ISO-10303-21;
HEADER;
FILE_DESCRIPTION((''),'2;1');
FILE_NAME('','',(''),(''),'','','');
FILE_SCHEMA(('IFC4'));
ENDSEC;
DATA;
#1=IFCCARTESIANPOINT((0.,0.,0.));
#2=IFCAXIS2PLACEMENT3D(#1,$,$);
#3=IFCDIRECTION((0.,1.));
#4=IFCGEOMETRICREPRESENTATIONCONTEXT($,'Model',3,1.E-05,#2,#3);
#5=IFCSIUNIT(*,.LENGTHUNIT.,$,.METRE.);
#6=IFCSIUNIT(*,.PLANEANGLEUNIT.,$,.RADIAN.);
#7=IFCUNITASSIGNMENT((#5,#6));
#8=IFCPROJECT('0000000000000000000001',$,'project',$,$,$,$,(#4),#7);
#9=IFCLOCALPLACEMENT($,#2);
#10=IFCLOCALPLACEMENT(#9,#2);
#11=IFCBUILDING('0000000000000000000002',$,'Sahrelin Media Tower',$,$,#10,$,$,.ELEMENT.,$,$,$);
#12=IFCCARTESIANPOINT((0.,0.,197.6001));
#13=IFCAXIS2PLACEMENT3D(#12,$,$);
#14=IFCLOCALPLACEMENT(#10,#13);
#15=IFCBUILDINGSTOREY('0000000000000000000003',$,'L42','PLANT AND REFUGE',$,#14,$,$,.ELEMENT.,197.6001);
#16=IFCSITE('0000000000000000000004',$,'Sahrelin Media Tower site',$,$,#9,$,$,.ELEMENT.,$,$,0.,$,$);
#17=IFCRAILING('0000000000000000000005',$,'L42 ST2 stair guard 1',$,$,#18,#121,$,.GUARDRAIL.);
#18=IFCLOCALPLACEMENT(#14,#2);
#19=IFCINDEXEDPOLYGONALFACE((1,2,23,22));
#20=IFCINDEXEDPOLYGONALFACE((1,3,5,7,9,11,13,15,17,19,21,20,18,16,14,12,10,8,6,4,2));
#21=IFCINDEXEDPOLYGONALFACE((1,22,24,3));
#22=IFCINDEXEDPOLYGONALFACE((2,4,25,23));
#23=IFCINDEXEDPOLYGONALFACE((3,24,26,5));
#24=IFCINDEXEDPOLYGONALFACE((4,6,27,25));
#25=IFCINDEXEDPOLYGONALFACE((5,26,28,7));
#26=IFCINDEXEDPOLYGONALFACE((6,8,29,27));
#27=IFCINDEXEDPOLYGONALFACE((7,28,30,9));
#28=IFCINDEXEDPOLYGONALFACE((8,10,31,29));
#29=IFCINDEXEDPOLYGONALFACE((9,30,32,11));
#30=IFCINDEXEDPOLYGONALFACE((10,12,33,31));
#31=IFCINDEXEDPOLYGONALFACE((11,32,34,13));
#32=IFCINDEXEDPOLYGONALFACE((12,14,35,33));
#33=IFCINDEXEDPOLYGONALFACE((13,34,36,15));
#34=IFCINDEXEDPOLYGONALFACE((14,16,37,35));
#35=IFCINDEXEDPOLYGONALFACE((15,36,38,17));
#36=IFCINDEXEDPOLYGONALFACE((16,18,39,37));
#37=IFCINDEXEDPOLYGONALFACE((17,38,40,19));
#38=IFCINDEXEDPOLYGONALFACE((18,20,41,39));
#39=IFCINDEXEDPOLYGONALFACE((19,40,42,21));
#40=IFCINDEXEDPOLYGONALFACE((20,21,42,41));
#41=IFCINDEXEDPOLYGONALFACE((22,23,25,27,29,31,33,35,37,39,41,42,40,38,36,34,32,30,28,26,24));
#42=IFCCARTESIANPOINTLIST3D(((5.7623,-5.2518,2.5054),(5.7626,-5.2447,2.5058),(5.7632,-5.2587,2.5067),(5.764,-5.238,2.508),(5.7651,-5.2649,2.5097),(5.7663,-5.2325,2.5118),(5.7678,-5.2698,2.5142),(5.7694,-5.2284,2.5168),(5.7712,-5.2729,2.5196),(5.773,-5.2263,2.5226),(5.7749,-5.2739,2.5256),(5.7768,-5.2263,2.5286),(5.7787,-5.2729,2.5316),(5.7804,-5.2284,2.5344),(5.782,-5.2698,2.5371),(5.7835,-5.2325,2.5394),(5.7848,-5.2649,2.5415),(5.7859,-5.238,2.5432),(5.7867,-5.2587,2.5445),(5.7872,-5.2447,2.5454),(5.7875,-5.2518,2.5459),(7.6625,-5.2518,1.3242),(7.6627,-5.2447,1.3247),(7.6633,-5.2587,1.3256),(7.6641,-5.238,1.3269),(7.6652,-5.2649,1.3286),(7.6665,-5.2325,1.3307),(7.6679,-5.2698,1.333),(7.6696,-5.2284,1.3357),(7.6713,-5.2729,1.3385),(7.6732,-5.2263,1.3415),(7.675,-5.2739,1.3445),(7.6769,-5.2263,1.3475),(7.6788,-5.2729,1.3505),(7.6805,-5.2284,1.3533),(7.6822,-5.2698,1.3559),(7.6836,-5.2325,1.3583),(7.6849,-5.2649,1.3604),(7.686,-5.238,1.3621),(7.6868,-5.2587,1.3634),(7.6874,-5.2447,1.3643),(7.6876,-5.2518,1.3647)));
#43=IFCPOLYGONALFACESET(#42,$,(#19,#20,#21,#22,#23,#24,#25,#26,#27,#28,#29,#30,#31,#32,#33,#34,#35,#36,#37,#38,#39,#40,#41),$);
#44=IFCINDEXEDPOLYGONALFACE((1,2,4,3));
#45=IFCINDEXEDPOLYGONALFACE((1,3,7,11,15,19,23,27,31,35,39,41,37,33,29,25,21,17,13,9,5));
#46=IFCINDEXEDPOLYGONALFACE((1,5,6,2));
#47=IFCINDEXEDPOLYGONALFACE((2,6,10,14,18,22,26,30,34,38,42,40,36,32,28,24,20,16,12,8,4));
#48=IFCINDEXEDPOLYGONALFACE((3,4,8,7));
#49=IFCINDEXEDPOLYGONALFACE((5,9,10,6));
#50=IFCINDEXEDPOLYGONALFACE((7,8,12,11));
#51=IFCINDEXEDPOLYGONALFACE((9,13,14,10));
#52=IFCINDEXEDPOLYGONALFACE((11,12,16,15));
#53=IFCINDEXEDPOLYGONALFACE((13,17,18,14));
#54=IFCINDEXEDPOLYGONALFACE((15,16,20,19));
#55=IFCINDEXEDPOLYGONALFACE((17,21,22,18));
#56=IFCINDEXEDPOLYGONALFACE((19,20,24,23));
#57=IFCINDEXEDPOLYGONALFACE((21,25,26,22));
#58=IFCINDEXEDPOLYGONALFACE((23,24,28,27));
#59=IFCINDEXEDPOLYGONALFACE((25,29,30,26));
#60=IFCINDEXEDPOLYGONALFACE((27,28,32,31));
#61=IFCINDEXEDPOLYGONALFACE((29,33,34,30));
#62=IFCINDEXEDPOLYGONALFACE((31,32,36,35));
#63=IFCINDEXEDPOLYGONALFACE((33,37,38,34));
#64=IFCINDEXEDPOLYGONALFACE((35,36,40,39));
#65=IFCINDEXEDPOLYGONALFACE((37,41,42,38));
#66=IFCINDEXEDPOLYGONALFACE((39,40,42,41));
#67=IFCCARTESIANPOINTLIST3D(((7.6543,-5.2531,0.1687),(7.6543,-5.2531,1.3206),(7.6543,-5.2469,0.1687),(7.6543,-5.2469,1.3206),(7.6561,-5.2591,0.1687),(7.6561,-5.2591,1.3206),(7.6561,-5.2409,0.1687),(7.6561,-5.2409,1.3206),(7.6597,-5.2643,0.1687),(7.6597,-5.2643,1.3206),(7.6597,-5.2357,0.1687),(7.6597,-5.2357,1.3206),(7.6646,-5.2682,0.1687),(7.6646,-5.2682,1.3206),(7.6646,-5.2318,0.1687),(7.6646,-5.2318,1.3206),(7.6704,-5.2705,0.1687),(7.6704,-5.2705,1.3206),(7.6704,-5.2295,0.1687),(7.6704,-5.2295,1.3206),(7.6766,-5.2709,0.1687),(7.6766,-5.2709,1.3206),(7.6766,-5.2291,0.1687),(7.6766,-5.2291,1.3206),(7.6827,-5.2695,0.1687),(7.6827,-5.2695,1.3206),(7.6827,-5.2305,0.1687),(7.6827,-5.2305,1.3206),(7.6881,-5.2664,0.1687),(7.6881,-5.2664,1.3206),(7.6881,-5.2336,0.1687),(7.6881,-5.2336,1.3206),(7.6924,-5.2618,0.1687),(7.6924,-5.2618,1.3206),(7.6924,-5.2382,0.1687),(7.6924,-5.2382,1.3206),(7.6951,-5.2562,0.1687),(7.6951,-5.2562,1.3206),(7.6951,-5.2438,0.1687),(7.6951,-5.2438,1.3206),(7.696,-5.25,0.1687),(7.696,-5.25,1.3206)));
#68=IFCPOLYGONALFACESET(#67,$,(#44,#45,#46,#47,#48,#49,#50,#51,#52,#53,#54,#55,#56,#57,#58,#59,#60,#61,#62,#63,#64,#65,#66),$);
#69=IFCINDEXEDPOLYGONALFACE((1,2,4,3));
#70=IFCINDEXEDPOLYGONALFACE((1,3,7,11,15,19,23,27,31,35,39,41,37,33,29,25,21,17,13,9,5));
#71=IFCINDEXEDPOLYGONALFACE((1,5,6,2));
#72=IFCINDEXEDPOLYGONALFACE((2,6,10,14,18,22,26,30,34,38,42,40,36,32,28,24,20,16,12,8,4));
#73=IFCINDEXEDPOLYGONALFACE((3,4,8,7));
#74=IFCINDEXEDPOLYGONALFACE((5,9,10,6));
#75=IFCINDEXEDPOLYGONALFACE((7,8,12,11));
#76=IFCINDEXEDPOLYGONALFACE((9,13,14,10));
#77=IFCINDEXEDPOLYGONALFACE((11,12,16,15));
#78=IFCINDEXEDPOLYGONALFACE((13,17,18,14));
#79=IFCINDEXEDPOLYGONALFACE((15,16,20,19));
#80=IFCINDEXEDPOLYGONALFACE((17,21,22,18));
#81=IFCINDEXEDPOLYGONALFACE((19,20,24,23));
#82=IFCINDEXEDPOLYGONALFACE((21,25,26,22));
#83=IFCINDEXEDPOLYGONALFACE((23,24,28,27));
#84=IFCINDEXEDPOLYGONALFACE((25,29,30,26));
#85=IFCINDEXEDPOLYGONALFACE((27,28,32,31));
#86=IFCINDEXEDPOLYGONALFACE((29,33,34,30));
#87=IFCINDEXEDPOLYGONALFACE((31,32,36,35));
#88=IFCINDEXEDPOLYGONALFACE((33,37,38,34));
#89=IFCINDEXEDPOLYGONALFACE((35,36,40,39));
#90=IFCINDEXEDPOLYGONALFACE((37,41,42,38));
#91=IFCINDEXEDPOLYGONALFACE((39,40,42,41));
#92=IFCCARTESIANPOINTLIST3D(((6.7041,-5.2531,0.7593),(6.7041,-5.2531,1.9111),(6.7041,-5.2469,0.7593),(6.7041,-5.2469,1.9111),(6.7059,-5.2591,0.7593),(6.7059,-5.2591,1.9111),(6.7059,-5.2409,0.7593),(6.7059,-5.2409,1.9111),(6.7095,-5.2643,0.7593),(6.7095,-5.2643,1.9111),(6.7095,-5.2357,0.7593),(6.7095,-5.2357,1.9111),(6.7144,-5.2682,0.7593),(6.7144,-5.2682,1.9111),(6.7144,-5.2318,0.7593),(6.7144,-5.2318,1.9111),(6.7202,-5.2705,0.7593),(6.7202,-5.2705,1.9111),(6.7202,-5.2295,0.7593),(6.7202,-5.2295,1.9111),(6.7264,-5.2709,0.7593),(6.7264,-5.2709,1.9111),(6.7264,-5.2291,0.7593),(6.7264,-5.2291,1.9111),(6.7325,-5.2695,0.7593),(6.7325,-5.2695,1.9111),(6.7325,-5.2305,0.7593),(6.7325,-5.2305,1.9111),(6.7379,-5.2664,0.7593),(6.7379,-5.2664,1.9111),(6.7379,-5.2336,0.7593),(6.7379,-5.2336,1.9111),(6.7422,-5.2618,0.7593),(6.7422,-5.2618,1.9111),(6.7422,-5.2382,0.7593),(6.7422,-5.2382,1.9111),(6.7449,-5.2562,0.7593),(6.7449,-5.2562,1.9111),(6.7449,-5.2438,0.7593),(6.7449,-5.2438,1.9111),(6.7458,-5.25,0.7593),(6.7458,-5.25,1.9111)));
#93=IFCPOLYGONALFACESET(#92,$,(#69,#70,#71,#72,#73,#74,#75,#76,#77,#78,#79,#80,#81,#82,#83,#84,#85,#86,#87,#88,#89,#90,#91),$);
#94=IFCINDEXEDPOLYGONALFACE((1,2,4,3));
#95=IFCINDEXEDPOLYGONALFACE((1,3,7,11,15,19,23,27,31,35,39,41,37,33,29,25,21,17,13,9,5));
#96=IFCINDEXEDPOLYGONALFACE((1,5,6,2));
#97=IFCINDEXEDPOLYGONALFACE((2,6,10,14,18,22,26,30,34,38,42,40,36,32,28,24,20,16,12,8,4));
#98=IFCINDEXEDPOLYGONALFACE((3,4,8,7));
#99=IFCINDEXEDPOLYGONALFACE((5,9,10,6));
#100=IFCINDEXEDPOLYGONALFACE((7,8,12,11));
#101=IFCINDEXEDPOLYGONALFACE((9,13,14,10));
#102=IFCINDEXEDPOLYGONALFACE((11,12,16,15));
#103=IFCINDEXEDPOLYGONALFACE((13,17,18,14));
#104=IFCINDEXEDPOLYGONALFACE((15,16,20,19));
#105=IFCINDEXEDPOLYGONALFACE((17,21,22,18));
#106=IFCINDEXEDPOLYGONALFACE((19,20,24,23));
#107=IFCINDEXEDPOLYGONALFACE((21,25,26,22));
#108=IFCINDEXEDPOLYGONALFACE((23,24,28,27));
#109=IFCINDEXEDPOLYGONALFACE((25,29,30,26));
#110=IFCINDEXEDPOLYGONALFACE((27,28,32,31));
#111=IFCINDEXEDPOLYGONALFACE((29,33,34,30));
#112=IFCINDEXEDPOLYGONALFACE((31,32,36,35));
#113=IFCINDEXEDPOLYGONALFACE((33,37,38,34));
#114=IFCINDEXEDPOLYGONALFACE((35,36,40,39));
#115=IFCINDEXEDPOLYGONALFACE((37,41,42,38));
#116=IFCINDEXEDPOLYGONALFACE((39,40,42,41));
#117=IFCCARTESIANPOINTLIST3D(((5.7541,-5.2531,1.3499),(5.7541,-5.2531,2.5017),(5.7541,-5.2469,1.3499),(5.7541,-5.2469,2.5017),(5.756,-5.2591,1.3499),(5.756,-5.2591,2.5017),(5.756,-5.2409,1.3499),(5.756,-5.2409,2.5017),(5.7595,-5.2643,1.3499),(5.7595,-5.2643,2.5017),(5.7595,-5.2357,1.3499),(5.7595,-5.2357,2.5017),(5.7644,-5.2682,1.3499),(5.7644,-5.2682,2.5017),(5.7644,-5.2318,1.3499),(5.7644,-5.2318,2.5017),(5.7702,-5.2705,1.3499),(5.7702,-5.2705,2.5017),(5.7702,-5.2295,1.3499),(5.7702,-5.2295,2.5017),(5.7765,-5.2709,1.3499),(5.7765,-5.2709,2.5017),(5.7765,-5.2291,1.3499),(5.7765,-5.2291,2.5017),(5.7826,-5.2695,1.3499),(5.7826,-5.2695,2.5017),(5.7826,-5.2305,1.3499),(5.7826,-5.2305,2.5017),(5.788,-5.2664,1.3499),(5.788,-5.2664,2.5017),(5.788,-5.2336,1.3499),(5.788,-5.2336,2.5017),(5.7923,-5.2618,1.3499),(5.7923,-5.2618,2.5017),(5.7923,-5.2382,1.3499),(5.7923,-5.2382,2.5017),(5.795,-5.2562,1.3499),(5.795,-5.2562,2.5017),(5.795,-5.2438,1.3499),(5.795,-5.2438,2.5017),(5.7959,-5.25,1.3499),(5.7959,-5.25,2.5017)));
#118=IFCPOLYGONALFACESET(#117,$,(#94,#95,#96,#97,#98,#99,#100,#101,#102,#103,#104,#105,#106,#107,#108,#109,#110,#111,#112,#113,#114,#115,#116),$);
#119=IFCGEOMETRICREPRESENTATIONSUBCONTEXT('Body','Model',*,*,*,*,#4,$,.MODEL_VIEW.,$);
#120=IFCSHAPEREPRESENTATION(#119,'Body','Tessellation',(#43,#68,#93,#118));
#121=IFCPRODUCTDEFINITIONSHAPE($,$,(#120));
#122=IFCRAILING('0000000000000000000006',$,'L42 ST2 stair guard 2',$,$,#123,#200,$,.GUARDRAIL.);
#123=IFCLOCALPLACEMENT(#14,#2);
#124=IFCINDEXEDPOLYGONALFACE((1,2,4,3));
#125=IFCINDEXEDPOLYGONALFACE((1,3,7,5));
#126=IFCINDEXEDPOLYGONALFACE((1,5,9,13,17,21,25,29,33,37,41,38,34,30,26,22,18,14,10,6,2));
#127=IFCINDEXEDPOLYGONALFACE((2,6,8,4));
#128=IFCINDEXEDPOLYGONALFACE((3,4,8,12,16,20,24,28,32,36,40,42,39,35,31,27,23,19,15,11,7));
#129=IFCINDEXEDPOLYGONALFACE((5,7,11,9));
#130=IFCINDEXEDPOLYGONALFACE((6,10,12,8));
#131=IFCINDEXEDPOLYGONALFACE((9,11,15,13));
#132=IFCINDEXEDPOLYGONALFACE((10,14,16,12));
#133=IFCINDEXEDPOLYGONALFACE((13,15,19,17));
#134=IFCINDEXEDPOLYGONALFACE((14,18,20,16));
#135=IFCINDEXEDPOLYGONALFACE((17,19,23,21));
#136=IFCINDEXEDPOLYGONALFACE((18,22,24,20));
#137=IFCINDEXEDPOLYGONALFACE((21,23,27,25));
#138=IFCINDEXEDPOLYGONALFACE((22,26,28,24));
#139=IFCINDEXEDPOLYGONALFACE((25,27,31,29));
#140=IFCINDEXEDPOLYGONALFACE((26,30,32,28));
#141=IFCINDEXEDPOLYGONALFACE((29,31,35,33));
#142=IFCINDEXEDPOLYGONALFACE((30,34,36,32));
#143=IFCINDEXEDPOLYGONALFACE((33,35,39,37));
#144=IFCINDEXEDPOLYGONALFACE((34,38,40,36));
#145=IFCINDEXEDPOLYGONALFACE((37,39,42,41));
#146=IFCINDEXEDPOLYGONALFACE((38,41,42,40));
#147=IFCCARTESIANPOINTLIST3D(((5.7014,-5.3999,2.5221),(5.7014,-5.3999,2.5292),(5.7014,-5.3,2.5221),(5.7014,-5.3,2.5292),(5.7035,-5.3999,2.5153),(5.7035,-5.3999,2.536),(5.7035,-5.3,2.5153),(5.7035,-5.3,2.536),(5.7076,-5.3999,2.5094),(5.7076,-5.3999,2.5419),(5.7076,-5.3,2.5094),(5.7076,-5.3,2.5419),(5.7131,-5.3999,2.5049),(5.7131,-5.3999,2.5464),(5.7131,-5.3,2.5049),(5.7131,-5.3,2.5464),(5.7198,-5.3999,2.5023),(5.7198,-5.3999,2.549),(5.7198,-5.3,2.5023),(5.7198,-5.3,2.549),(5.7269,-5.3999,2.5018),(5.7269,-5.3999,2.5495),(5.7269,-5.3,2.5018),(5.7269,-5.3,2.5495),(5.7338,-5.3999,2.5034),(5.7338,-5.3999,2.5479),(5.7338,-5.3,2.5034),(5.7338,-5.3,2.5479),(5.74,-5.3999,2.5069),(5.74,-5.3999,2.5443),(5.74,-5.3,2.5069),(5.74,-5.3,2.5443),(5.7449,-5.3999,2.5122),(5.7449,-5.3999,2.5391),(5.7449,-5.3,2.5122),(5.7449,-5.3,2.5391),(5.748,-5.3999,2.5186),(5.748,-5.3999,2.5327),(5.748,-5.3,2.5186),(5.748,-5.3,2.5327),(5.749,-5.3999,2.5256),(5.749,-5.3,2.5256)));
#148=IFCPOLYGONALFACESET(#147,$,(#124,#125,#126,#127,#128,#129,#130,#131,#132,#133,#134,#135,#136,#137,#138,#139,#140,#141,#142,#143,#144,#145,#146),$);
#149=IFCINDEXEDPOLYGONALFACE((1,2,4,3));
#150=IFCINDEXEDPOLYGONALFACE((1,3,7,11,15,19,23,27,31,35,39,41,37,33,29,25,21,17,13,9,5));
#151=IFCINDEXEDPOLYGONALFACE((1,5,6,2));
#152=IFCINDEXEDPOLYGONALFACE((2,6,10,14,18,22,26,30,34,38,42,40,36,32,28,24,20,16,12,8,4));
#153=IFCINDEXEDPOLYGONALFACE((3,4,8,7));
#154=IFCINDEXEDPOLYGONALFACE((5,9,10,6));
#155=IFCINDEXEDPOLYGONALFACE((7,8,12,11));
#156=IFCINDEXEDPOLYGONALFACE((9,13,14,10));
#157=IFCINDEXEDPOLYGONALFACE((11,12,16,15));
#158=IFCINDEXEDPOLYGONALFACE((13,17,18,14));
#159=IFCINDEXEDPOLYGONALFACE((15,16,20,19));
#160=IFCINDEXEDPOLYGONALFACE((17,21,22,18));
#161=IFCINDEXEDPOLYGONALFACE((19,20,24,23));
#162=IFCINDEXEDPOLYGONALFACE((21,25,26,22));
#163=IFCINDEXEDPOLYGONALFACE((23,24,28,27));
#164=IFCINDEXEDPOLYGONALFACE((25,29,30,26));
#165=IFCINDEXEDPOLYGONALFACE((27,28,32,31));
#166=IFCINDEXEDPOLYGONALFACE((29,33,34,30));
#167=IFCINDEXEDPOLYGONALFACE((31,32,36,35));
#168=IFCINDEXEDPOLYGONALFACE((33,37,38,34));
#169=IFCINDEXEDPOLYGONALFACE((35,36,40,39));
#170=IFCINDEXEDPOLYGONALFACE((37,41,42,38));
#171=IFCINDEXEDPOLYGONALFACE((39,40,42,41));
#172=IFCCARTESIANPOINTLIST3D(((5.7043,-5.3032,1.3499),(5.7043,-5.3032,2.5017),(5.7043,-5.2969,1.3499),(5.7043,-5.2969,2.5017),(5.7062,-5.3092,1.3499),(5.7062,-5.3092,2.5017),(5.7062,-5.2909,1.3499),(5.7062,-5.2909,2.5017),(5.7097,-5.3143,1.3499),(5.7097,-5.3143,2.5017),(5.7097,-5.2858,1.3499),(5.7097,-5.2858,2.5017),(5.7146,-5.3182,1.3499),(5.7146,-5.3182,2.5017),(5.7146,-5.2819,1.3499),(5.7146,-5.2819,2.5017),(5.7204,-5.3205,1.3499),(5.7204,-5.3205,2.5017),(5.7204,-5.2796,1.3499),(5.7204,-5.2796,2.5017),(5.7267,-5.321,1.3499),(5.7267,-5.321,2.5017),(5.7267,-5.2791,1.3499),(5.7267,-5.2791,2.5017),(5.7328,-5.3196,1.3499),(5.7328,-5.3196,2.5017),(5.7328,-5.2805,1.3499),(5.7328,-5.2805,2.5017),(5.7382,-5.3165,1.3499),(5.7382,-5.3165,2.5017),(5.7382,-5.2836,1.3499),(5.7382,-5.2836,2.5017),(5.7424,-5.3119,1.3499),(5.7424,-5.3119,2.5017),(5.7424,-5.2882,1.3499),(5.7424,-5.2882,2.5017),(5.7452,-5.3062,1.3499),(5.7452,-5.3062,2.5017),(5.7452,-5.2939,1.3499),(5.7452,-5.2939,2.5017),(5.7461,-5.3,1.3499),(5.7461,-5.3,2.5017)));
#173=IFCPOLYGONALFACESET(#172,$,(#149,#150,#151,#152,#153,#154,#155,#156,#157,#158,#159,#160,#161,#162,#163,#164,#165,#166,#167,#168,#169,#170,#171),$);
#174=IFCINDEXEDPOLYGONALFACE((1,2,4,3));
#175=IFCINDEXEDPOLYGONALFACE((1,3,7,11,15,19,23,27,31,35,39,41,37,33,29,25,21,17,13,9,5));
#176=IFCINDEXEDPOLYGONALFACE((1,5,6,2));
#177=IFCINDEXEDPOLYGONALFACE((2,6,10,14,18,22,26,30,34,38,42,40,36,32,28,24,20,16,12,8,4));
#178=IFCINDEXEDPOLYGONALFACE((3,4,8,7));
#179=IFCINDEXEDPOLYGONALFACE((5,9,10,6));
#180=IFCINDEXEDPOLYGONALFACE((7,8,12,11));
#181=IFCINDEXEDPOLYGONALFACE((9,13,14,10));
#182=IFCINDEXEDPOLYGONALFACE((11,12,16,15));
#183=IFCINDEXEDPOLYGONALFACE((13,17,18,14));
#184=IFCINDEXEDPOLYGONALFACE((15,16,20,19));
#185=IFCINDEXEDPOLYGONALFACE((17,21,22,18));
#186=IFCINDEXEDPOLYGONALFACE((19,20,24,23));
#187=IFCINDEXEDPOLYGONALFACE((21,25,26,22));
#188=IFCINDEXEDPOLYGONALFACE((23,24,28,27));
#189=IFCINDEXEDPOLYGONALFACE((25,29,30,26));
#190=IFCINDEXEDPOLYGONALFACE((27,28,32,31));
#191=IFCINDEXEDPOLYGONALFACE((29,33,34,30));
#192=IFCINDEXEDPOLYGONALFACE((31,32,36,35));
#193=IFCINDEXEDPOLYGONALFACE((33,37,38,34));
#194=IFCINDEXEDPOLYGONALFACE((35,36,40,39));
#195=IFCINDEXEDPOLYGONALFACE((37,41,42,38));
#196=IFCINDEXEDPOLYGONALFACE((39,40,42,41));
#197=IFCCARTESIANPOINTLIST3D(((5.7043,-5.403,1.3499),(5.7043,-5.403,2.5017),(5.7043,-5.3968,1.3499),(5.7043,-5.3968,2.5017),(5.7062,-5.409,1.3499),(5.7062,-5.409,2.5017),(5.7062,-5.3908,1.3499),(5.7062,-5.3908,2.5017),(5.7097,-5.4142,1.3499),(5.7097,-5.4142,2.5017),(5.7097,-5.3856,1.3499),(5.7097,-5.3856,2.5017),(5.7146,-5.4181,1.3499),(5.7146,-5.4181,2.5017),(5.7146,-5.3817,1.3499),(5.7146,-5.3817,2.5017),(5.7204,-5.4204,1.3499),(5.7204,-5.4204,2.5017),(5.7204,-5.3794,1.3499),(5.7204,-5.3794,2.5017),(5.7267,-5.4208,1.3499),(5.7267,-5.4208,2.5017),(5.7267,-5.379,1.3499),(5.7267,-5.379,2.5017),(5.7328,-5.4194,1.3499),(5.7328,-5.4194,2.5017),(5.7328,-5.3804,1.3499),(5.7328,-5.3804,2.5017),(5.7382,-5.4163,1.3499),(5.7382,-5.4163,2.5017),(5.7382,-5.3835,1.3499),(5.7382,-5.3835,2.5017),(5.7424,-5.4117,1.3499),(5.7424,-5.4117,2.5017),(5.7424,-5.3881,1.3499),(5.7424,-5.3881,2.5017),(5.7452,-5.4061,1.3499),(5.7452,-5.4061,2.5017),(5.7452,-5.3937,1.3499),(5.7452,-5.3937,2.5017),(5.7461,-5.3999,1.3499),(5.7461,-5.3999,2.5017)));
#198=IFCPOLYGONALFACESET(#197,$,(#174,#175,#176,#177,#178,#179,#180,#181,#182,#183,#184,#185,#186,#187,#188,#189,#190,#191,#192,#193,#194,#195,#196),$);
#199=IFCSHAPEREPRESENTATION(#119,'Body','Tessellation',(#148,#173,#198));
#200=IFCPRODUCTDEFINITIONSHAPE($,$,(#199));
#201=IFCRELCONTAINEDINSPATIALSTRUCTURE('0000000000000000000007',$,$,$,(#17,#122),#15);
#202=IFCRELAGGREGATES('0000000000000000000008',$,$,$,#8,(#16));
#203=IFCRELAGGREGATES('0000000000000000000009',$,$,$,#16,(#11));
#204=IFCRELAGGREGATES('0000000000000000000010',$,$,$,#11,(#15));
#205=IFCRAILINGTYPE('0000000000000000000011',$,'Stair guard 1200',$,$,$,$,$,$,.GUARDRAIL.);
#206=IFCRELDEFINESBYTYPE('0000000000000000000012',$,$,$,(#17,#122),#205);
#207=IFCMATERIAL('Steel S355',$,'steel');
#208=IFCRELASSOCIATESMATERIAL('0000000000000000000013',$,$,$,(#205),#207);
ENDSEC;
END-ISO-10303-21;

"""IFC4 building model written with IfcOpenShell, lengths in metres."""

from ifc_helpers import new_model, si_unit, direction, frame, origin, origin_2d, place, context, subcontext, project, spatial, circle, extrude, material, type_object, element, save


model = new_model("IFC4")

# Units and contexts
model_context = context("Model", 3, precision=1e-05, world=origin(), true_north=direction((0.0, 1.0)))
body_context = subcontext(model_context, "Body", "Model", "MODEL_VIEW")
ifc_project = project(units=[si_unit("LENGTHUNIT", "METRE"), si_unit("PLANEANGLEUNIT", "RADIAN")], contexts=[model_context])

# Site, building, storey
site_placement = place(None, origin())
site = spatial("IfcSite", under=ifc_project, at=site_placement, Name="Sahrelin Media Tower site", CompositionType="ELEMENT", RefElevation=0.0)
building_placement = place(site_placement, origin())
building = spatial("IfcBuilding", under=site, at=building_placement, Name="Sahrelin Media Tower", CompositionType="ELEMENT")
storey_placement = place(building_placement, frame((0.0, 0.0, 197.6001)))
storey = spatial("IfcBuildingStorey", under=building, at=storey_placement, Name="L42", Description="PLANT AND REFUGE", CompositionType="ELEMENT", Elevation=197.6001)

# Railings
ifc_material_1 = material(Name="Steel S355", Category="steel")
railing_type_1 = type_object("IfcRailingType", Name="Stair guard 1200", PredefinedType="GUARDRAIL", material=ifc_material_1)
railing_1_placement = place(storey_placement, frame((7.675, -5.25, 0.1687)))
element("IfcRailing", 1, at=railing_1_placement, inside=storey, type_object=railing_type_1, Name="L42 ST2 stair guard 1", PredefinedType="GUARDRAIL", context=body_context, shape_type="SweptSolid", body=[
    extrude(circle(Radius=0.0239, at=origin_2d()), frame((0.0, 0.0, 1.1758), z_axis=(-0.849289, 0.0, 0.527928), x_axis=(0.0, -1.0, 0.0)), (0.0, 0.0, 1.0), 2.2373),
    extrude(circle(Radius=0.021, at=origin_2d()), origin(), (0.0, 0.0, 1.0), 1.1519),
    extrude(circle(Radius=0.021, at=origin_2d()), frame((-0.9502, 0.0, 0.5906)), (0.0, 0.0, 1.0), 1.1519),
    extrude(circle(Radius=0.021, at=origin_2d()), frame((-1.9001, 0.0, 1.1812)), (0.0, 0.0, 1.0), 1.1519),
])
railing_2_placement = place(storey_placement, frame((5.7251, -5.3, 1.3499)))
element("IfcRailing", 2, at=railing_2_placement, inside=storey, type_object=railing_type_1, Name="L42 ST2 stair guard 2", PredefinedType="GUARDRAIL", context=body_context, shape_type="SweptSolid", body=[
    extrude(circle(Radius=0.0239, at=origin_2d()), frame((0.0, 0.0, 1.1758), z_axis=(0.0, -1.0, 0.0), x_axis=(1.0, 0.0, 0.0)), (0.0, 0.0, 1.0), 0.0999),
    extrude(circle(Radius=0.021, at=origin_2d()), origin(), (0.0, 0.0, 1.0), 1.1519),
    extrude(circle(Radius=0.021, at=origin_2d()), frame((0.0, -0.0999, 0.0)), (0.0, 0.0, 1.0), 1.1519),
])

save(model, "model.ifc")
